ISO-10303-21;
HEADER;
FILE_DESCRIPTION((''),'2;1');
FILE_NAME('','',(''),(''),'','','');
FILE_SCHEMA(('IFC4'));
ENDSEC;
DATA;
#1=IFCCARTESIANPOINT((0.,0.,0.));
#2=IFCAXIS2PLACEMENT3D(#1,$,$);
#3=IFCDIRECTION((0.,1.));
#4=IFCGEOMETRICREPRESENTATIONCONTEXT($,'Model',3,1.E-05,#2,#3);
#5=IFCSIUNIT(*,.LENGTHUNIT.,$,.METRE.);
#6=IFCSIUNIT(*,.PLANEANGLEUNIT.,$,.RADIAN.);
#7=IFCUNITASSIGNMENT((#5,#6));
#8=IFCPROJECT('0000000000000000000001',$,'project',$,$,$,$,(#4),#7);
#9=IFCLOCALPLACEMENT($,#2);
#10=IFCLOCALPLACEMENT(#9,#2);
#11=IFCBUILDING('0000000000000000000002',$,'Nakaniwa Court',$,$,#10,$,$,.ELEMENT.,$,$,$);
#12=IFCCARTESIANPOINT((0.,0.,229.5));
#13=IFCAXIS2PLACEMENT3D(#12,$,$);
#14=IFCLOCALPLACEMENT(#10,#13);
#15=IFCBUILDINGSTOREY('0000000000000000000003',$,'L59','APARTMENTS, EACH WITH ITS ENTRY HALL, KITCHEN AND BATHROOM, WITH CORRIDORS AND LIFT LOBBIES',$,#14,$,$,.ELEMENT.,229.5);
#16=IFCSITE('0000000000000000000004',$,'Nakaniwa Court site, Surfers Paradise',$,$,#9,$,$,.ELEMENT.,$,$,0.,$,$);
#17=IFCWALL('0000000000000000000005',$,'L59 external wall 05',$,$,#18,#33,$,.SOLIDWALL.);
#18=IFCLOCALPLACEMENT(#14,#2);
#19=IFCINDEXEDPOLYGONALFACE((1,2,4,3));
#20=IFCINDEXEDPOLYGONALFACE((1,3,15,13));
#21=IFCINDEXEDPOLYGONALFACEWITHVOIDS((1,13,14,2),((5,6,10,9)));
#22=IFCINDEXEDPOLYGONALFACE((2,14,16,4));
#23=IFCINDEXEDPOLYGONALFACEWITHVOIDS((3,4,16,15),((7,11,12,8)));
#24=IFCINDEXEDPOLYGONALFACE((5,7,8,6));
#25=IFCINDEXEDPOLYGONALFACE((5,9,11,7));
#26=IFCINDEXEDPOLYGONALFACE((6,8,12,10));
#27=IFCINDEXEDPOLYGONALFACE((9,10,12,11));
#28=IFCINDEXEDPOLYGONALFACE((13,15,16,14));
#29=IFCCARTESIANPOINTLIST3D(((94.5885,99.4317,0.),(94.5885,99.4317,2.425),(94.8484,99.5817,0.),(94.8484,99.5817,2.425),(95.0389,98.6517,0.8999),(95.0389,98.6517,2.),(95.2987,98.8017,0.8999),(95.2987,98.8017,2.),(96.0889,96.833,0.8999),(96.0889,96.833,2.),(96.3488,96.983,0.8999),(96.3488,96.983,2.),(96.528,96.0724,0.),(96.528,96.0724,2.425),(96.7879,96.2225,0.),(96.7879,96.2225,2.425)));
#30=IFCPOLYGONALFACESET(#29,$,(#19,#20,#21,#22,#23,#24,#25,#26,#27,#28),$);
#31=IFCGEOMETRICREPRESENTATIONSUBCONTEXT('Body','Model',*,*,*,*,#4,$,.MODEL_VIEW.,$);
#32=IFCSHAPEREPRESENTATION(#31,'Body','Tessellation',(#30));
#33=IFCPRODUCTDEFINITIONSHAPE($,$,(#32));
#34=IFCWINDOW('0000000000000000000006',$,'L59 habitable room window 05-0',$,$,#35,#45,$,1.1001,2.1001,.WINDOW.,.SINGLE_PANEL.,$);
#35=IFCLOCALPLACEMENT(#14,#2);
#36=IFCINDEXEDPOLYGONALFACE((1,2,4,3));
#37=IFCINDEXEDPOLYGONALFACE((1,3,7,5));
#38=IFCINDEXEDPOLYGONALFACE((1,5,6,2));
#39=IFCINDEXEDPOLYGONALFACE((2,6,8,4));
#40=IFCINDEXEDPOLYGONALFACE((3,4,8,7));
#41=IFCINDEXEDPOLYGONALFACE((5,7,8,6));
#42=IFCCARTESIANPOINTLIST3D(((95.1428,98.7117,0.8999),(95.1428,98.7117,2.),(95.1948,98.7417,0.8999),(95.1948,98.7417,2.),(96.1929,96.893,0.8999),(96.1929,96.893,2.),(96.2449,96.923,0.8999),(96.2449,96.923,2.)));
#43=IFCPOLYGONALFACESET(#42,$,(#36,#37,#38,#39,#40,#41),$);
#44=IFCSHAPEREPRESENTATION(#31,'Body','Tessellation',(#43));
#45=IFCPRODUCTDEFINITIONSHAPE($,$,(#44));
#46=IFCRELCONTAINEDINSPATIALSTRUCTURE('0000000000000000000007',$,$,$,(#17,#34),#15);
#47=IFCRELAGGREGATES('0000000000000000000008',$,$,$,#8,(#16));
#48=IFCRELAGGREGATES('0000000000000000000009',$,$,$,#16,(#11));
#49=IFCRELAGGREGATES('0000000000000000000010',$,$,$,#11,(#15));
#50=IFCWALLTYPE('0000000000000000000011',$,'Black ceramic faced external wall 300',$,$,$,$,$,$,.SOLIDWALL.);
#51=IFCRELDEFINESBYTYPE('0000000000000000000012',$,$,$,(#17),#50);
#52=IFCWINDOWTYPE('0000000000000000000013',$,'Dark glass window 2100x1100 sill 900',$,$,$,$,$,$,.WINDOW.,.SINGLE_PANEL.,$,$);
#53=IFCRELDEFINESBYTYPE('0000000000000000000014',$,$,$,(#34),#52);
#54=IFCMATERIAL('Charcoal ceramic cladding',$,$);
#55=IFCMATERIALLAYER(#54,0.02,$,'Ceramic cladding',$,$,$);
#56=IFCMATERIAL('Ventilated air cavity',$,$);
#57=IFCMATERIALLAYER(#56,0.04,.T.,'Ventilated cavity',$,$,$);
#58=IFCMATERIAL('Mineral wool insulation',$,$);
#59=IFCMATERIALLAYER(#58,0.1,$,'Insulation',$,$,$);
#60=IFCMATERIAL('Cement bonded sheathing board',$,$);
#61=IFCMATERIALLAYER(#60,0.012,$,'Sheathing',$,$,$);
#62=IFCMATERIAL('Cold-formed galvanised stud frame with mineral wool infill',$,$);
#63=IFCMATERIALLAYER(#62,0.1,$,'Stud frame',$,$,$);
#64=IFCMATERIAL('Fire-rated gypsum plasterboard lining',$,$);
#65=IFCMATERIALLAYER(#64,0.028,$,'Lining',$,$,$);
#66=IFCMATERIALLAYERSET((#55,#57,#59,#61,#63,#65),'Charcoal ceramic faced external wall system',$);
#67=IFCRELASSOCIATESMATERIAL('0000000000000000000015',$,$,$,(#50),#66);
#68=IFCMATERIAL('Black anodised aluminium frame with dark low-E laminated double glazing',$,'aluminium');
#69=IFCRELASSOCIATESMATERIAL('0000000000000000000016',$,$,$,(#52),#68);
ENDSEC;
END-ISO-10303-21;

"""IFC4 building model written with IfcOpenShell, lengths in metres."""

from ifc_helpers import new_model, si_unit, direction, frame, frame_2d, origin, place, context, subcontext, project, spatial, rectangle, extrude, material, layer, layer_set, type_object, element, fill, save


model = new_model("IFC4")

# Units and contexts
model_context = context("Model", 3, precision=1e-05, world=origin(), true_north=direction((0.0, 1.0)))
body_context = subcontext(model_context, "Body", "Model", "MODEL_VIEW")
ifc_project = project(units=[si_unit("LENGTHUNIT", "METRE"), si_unit("PLANEANGLEUNIT", "RADIAN")], contexts=[model_context])

# Site, building, storey
site_placement = place(None, origin())
site = spatial("IfcSite", under=ifc_project, at=site_placement, Name="Nakaniwa Court site, Surfers Paradise", CompositionType="ELEMENT", RefElevation=0.0)
building_placement = place(site_placement, origin())
building = spatial("IfcBuilding", under=site, at=building_placement, Name="Nakaniwa Court", CompositionType="ELEMENT")
storey_placement = place(building_placement, frame((0.0, 0.0, 229.5)))
storey = spatial("IfcBuildingStorey", under=building, at=storey_placement, Name="L59", Description="APARTMENTS, EACH WITH ITS ENTRY HALL, KITCHEN AND BATHROOM, WITH CORRIDORS AND LIFT LOBBIES", CompositionType="ELEMENT", Elevation=229.5)

# Shared definitions
ifc_material_1 = material(Name="Charcoal ceramic cladding")
ifc_layer_1 = layer(ifc_material_1, 0.02, Name="Ceramic cladding")
ifc_material_2 = material(Name="Ventilated air cavity")
ifc_layer_2 = layer(ifc_material_2, 0.04, ventilated=True, Name="Ventilated cavity")
ifc_material_3 = material(Name="Mineral wool insulation")
ifc_layer_3 = layer(ifc_material_3, 0.1, Name="Insulation")
ifc_material_4 = material(Name="Cement bonded sheathing board")
ifc_layer_4 = layer(ifc_material_4, 0.012, Name="Sheathing")
ifc_material_5 = material(Name="Cold-formed galvanised stud frame with mineral wool infill")
ifc_layer_5 = layer(ifc_material_5, 0.1, Name="Stud frame")
ifc_material_6 = material(Name="Fire-rated gypsum plasterboard lining")
ifc_layer_6 = layer(ifc_material_6, 0.028, Name="Lining")
ifc_layer_set_1 = layer_set([ifc_layer_1, ifc_layer_2, ifc_layer_3, ifc_layer_4, ifc_layer_5, ifc_layer_6], Name="Charcoal ceramic faced external wall system")
wall_type_1 = type_object("IfcWallType", Name="Black ceramic faced external wall 300", PredefinedType="SOLIDWALL", material=ifc_layer_set_1)
ifc_material_7 = material(Name="Black anodised aluminium frame with dark low-E laminated double glazing", Category="aluminium")

# Wall, opening, window
wall_1_placement = place(storey_placement, frame((96.658, 96.1475, 0.0), z_axis=(0.0, 0.0, 1.0), x_axis=(-0.500011, 0.866019, 0.0)))
wall_1 = element("IfcWall", 1, at=wall_1_placement, inside=storey, type_object=wall_type_1, Name="L59 external wall 05", PredefinedType="SOLIDWALL", context=body_context, shape_type="SweptSolid", body=[
    extrude(rectangle(XDim=3.8789, YDim=0.3, at=frame_2d((1.9395, 0.0))), origin(), (0.0, 0.0, 1.0), 2.425),
])
opening_1_placement = place(wall_1_placement, frame((0.8782, 0.0, 0.8999)))
opening_1 = element("IfcOpeningElement", 2, at=opening_1_placement, cuts=wall_1, PredefinedType="OPENING", context=body_context, shape_type="SweptSolid", body=[
    extrude(rectangle(XDim=2.1001, YDim=1.1001, at=frame_2d((1.05, 0.55))), frame((0.0, 0.1599, 0.0), z_axis=(0.0, -1.0, 0.0), x_axis=(1.0, 0.0, 0.0)), (0.0, 0.0, 1.0), 0.3201),
])
window_type_1 = type_object("IfcWindowType", Name="Dark glass window 2100x1100 sill 900", PartitioningType="SINGLE_PANEL", PredefinedType="WINDOW", material=ifc_material_7)
window_1_placement = place(opening_1_placement, origin())
window_1 = element("IfcWindow", 3, at=window_1_placement, inside=storey, type_object=window_type_1, Name="L59 habitable room window 05-0", OverallHeight=1.1001, OverallWidth=2.1001, PartitioningType="SINGLE_PANEL", PredefinedType="WINDOW", context=body_context, shape_type="SweptSolid", body=[
    extrude(rectangle(XDim=2.1001, YDim=1.1001, at=frame_2d((1.05, 0.55))), frame((0.0, 0.03, 0.0), z_axis=(0.0, -1.0, 0.0), x_axis=(1.0, 0.0, 0.0)), (0.0, 0.0, 1.0), 0.0601),
])
fill(opening_1, window_1)

save(model, "model.ifc")
